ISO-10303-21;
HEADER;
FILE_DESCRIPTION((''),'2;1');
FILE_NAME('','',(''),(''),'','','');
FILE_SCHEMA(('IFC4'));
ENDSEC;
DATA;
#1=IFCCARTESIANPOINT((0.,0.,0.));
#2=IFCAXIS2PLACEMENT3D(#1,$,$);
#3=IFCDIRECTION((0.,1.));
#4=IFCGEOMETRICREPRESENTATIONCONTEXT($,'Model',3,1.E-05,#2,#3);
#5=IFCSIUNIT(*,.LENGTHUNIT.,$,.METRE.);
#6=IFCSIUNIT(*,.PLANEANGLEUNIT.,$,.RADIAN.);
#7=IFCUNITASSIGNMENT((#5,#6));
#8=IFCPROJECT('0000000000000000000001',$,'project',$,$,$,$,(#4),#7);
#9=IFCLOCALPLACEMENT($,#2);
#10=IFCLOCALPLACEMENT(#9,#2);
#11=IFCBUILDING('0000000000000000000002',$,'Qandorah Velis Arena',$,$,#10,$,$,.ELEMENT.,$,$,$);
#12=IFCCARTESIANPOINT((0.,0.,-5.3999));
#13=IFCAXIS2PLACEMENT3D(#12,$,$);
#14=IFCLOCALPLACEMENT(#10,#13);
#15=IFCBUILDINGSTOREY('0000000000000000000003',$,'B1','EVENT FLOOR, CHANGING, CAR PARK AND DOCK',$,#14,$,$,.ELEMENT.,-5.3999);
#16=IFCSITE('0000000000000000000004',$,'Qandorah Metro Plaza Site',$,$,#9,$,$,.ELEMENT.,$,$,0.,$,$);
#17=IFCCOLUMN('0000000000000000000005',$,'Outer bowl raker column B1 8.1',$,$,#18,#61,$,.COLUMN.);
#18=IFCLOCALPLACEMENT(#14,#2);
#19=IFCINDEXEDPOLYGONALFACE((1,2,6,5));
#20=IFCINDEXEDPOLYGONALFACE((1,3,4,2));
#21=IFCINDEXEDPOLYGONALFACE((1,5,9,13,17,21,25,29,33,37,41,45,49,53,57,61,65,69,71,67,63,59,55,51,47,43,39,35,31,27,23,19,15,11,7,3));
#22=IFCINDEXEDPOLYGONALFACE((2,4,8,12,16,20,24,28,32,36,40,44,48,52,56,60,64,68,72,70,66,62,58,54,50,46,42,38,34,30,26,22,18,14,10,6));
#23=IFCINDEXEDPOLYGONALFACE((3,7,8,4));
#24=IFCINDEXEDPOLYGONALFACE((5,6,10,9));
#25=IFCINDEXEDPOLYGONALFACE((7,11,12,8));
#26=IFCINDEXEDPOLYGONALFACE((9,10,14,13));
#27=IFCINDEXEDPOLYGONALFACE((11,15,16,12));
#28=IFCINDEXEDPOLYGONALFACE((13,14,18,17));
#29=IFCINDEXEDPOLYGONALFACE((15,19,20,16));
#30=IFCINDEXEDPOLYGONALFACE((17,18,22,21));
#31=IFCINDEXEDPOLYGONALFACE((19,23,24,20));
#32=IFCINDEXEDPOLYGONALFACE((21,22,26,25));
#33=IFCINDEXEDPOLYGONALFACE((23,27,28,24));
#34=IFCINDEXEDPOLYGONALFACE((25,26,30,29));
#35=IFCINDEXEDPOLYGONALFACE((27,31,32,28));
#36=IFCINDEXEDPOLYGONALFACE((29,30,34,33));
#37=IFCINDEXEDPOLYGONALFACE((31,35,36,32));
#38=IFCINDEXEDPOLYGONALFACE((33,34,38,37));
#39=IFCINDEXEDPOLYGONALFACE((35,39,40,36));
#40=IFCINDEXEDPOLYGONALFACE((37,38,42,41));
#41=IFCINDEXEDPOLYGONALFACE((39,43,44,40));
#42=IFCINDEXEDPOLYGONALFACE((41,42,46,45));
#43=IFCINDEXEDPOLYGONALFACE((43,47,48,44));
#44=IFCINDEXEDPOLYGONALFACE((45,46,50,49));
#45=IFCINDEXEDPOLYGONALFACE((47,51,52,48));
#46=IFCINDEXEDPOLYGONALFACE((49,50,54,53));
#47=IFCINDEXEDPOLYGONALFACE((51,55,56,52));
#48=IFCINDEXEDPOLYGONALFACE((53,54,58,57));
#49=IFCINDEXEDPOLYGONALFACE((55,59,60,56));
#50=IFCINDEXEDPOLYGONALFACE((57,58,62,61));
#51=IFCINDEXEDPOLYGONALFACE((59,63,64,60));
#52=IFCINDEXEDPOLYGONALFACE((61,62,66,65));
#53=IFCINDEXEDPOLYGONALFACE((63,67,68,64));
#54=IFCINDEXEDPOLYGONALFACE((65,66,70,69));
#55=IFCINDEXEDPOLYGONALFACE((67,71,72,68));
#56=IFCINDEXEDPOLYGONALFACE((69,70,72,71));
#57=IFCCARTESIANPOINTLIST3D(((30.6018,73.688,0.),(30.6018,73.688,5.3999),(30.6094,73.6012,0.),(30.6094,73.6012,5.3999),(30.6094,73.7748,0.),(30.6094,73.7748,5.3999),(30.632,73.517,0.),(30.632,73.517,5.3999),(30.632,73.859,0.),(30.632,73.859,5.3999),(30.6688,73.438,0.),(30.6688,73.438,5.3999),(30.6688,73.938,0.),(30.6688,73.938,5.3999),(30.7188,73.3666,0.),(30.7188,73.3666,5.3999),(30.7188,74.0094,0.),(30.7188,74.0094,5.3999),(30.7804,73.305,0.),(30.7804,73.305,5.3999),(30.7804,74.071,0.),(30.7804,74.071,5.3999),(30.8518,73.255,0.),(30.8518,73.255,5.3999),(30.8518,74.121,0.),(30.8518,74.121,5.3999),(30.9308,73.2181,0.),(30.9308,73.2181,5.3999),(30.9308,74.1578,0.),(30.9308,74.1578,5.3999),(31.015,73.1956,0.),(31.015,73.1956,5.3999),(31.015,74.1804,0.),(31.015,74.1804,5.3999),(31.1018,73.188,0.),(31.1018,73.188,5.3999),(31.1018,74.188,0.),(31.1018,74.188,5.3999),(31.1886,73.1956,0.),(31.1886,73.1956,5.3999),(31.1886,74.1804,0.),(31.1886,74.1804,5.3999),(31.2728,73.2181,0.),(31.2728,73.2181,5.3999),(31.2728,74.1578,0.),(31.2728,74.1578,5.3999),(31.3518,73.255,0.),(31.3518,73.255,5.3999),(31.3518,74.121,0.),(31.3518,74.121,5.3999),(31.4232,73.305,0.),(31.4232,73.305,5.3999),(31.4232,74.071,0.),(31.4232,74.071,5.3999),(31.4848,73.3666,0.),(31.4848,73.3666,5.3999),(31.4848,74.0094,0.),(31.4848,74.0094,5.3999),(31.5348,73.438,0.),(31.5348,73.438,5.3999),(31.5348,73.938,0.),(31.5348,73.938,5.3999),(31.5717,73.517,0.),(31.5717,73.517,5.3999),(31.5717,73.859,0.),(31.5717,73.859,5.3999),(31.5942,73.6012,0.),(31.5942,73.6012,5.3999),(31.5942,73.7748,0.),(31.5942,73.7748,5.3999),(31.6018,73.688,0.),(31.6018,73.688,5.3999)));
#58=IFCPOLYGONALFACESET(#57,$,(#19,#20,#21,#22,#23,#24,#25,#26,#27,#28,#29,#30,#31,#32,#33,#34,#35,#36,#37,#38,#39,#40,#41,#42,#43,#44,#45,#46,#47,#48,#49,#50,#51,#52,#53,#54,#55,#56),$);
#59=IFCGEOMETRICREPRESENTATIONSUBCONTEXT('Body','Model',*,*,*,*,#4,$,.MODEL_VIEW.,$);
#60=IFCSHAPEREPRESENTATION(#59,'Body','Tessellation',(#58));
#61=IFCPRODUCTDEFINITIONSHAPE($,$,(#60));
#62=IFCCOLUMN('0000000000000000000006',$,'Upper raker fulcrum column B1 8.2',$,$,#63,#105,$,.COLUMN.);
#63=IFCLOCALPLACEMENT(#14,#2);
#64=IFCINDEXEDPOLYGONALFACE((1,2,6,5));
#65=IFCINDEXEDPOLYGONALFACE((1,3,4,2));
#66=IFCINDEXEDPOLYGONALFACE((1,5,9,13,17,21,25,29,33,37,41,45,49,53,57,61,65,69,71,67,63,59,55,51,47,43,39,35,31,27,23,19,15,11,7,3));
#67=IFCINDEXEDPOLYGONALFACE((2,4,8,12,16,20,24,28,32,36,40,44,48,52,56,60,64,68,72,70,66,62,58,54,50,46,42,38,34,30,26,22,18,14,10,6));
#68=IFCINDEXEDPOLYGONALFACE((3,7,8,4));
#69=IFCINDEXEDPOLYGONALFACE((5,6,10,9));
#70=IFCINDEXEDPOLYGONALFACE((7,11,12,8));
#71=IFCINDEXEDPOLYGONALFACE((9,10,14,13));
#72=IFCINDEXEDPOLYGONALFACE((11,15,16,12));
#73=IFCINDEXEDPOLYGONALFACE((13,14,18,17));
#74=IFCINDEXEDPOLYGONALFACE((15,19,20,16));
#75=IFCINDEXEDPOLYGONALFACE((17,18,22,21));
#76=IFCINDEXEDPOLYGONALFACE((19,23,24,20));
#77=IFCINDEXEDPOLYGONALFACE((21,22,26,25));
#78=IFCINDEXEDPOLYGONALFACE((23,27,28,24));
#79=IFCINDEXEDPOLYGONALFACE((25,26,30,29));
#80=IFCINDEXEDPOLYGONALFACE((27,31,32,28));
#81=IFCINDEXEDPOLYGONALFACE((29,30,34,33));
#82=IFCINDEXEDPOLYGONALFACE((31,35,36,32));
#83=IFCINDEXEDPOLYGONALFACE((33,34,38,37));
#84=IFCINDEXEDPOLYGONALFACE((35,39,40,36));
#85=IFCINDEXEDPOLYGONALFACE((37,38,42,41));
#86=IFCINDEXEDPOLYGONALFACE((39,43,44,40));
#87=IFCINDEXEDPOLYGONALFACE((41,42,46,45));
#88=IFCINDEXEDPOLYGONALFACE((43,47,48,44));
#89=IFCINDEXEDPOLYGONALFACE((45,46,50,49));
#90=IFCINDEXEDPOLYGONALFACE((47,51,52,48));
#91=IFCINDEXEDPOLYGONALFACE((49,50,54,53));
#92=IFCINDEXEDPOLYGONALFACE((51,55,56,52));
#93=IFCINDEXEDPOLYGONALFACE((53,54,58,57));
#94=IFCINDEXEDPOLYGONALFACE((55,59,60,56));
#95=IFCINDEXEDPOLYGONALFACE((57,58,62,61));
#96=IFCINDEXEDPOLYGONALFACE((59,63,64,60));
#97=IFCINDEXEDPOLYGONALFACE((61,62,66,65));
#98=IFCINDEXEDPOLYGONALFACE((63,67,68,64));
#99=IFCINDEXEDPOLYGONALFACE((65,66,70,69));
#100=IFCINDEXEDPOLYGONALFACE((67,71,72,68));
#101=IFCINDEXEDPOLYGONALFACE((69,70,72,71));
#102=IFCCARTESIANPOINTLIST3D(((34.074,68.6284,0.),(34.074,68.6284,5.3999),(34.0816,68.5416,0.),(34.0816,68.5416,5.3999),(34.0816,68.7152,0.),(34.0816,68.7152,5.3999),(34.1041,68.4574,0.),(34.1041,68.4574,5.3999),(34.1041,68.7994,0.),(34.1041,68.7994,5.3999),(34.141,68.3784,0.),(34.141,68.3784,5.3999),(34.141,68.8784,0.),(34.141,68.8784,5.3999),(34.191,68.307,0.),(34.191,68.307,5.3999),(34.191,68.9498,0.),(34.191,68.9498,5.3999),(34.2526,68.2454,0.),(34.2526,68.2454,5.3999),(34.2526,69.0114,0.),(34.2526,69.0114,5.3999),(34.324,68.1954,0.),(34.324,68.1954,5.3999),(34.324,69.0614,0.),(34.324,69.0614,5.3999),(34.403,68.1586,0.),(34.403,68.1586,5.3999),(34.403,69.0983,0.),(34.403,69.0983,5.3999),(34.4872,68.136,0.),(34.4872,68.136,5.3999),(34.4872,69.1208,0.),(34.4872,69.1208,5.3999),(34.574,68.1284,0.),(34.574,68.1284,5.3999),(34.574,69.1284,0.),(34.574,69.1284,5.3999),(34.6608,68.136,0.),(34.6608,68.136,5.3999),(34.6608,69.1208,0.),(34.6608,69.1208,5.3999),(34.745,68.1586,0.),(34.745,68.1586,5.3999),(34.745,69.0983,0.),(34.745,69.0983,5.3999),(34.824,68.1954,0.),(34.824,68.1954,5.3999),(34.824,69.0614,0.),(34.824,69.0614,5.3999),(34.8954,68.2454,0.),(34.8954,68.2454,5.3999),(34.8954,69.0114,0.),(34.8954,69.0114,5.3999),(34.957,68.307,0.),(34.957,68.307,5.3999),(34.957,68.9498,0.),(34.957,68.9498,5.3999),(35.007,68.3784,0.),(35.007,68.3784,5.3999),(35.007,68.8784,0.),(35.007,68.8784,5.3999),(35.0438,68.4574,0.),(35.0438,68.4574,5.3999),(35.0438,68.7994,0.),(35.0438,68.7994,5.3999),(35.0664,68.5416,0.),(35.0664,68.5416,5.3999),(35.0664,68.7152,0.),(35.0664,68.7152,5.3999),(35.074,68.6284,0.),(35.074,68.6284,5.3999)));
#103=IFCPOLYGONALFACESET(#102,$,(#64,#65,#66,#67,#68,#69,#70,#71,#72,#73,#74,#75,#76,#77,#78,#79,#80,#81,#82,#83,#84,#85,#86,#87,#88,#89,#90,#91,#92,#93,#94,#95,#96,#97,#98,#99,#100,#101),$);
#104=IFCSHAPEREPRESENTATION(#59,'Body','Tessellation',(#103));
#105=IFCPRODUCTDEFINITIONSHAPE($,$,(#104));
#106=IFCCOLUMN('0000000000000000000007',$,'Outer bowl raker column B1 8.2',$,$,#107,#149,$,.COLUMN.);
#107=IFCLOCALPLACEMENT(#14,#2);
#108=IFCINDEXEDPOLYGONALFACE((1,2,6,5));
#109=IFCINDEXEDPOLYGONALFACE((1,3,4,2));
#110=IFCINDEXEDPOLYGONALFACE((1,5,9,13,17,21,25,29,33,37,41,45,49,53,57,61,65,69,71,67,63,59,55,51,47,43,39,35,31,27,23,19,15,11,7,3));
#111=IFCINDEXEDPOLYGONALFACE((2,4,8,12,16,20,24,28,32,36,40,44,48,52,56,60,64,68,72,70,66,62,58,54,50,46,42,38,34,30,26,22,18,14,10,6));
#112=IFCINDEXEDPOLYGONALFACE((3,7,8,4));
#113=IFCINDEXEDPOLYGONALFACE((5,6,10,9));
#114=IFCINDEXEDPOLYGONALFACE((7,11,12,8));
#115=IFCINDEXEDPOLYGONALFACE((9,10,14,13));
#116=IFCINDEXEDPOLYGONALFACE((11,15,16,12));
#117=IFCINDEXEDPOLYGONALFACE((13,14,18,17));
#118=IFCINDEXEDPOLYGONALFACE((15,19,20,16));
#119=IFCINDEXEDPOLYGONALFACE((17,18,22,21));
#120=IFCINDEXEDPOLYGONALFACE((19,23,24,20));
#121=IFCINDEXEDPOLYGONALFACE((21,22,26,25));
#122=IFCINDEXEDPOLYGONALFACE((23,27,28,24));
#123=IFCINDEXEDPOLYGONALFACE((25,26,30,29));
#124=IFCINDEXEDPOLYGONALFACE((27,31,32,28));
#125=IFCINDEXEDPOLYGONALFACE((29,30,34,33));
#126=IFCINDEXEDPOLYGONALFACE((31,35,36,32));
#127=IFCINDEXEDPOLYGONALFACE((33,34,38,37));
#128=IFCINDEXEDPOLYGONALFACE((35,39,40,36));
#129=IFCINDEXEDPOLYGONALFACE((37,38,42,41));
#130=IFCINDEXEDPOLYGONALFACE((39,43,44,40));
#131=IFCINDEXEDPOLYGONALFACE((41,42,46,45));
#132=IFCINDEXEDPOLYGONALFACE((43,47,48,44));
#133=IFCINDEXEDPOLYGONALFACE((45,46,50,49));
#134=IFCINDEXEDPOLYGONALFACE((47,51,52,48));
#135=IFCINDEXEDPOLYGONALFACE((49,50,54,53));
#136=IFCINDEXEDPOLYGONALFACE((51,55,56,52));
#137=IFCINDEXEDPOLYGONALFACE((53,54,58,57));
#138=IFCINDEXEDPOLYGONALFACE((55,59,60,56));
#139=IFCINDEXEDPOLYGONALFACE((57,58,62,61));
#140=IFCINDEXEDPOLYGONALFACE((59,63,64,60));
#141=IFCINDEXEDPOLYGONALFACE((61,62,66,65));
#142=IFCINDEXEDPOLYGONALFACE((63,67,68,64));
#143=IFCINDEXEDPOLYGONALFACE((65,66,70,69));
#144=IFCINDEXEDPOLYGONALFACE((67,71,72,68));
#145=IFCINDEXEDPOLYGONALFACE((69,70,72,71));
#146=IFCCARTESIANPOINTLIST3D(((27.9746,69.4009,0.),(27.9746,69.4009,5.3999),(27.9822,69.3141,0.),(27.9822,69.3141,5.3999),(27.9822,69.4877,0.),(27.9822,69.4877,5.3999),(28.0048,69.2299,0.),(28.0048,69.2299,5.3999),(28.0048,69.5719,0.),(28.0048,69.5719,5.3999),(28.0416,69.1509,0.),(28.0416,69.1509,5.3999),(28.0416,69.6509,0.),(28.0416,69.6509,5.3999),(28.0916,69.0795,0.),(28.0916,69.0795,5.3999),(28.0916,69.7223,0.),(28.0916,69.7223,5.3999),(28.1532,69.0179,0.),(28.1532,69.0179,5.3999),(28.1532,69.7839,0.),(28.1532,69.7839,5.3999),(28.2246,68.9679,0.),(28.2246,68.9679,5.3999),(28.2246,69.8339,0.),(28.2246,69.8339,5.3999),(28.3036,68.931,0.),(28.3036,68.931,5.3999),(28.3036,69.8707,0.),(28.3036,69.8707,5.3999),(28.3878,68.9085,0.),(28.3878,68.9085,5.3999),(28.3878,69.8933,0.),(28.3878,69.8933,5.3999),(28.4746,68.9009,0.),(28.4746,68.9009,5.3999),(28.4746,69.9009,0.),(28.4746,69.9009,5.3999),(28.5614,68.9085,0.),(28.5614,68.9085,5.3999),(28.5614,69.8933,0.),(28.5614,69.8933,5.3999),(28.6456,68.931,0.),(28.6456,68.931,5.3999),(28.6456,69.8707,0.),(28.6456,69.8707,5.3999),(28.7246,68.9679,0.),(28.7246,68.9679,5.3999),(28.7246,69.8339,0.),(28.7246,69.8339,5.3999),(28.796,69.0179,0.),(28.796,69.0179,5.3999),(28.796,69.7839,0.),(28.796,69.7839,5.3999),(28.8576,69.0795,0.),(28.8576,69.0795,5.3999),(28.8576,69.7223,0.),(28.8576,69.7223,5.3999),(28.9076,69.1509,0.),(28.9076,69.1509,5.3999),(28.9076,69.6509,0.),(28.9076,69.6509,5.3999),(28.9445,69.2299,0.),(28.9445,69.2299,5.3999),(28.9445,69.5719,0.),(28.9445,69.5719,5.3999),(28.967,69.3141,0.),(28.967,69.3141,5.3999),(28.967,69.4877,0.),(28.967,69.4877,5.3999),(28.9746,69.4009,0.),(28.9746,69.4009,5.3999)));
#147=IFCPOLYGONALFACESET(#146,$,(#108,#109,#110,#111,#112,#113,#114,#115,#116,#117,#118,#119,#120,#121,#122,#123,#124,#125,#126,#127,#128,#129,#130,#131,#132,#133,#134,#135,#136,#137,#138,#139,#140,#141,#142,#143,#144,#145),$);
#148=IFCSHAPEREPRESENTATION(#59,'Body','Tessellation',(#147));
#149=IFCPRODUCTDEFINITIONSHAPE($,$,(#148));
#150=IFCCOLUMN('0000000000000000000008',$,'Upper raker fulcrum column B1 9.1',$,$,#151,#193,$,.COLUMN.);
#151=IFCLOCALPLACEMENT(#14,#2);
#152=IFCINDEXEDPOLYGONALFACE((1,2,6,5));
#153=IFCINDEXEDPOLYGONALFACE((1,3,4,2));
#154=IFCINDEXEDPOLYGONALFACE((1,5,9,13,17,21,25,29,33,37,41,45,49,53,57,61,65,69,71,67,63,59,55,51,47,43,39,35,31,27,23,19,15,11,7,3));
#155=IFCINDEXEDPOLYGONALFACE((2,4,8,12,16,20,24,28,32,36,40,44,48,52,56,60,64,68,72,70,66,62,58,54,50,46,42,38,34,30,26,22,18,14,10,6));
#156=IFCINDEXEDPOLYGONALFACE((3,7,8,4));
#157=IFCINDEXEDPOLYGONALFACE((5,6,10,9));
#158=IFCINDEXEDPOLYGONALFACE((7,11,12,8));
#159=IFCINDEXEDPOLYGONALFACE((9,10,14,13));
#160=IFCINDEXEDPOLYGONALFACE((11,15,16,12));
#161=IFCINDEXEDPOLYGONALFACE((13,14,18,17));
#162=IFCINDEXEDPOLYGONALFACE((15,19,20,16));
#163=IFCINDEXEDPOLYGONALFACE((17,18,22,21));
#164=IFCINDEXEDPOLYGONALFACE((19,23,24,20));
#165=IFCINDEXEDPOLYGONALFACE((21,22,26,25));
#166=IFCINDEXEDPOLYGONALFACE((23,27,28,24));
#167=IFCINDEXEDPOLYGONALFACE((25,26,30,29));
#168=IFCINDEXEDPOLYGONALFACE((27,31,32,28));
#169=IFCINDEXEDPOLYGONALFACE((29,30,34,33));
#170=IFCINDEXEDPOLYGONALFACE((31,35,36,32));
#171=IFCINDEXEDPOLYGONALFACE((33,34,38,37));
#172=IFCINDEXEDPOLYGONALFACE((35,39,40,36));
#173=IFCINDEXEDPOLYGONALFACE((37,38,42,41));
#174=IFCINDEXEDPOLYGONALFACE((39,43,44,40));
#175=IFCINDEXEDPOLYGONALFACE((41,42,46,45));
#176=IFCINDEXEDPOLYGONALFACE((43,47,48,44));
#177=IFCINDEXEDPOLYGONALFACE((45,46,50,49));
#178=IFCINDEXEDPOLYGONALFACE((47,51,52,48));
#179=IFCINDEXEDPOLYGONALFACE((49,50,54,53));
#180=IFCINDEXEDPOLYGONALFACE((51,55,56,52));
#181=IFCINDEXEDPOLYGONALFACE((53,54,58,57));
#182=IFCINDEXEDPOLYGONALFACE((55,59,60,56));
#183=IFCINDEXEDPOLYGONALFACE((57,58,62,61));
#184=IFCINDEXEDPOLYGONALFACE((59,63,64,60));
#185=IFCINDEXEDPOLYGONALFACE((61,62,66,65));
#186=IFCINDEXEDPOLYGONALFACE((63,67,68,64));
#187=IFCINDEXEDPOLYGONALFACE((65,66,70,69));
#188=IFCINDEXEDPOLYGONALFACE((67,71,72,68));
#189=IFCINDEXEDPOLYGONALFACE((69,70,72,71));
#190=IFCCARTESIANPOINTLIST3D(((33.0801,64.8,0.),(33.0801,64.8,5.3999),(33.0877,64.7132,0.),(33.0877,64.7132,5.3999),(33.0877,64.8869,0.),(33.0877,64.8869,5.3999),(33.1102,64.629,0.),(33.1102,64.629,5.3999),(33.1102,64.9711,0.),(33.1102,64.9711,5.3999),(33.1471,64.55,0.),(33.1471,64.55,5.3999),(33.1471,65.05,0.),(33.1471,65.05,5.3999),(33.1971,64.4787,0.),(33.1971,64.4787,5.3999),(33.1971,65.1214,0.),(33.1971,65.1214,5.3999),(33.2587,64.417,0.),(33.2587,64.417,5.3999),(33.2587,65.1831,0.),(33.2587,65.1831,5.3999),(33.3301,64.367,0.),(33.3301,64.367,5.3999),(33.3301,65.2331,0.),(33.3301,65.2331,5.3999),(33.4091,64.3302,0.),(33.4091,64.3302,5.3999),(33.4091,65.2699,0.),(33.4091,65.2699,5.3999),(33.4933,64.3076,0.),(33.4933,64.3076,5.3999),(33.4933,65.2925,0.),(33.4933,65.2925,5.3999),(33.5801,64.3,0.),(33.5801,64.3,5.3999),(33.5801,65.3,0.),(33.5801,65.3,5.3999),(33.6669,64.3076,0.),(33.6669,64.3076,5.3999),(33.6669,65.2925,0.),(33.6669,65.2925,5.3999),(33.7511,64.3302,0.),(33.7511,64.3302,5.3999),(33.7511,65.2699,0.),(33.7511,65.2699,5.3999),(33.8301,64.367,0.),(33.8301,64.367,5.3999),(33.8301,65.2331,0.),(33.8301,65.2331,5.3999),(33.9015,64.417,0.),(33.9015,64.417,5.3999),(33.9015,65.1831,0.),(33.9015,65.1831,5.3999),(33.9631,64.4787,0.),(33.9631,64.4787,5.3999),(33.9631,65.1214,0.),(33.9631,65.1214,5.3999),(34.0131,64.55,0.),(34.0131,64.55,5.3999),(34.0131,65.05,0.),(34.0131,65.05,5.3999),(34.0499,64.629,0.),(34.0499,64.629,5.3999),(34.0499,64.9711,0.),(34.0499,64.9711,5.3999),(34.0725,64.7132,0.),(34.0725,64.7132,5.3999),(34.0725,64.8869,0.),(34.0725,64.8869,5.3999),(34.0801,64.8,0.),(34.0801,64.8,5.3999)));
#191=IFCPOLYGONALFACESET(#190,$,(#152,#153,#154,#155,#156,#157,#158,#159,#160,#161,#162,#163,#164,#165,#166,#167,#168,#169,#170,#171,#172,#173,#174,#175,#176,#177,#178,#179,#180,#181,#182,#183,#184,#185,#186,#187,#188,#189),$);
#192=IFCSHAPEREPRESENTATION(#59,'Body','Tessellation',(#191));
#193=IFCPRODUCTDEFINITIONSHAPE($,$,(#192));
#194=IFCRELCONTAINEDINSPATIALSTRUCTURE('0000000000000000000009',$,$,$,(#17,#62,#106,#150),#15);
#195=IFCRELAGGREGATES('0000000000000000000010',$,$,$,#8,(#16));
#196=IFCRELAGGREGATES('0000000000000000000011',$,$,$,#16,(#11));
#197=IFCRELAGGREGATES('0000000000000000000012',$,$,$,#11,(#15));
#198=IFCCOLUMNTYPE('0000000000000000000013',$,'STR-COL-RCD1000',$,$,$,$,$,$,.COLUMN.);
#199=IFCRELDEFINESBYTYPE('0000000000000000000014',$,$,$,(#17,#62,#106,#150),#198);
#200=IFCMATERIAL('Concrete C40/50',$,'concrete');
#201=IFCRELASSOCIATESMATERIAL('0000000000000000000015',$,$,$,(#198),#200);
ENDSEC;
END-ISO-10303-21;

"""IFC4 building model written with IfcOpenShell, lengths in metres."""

from ifc_helpers import new_model, si_unit, direction, frame, origin, origin_2d, place, context, subcontext, project, spatial, circle, extrude, material, material_profile, profile_set, type_object, element, save


model = new_model("IFC4")

# Units and contexts
model_context = context("Model", 3, precision=1e-05, world=origin(), true_north=direction((0.0, 1.0)))
body_context = subcontext(model_context, "Body", "Model", "MODEL_VIEW")
ifc_project = project(units=[si_unit("LENGTHUNIT", "METRE"), si_unit("PLANEANGLEUNIT", "RADIAN")], contexts=[model_context])

# Site, building, storey
site_placement = place(None, origin())
site = spatial("IfcSite", under=ifc_project, at=site_placement, Name="Qandorah Metro Plaza Site", CompositionType="ELEMENT", RefElevation=0.0)
building_placement = place(site_placement, origin())
building = spatial("IfcBuilding", under=site, at=building_placement, Name="Qandorah Velis Arena", CompositionType="ELEMENT")
storey_placement = place(building_placement, frame((0.0, 0.0, -5.3999)))
storey = spatial("IfcBuildingStorey", under=building, at=storey_placement, Name="B1", Description="EVENT FLOOR, CHANGING, CAR PARK AND DOCK", CompositionType="ELEMENT", Elevation=-5.3999)

# Shared definitions
ifc_material = material(Name="Concrete C40/50", Category="concrete")

# Columns
ifc_material_profile_1 = material_profile(ifc_material, circle(Radius=0.5, at=origin_2d()), Name="RC D1000")
ifc_profile_set_1 = profile_set([ifc_material_profile_1], Name="Concrete C40/50")
column_type_1 = type_object("IfcColumnType", Name="STR-COL-RCD1000", PredefinedType="COLUMN", material=ifc_profile_set_1)
for number, where, z_axis, x_axis, name in (
    (1, (31.1018, 73.688, 0.0), (0.0, 0.0, 1.0), (1.0, 0.0, 0.0), "Outer bowl raker column B1 8.1"),
    (2, (34.574, 68.6284, 0.0), (0.0, 0.0, 1.0), (1.0, 0.0, 0.0), "Upper raker fulcrum column B1 8.2"),
    (3, (28.4746, 69.4009, 0.0), (0.0, 0.0, 1.0), (1.0, 0.0, 0.0), "Outer bowl raker column B1 8.2"),
    (4, (33.5801, 64.8, 0.0), (0.0, 0.0, 1.0), (1.0, 0.0, 0.0), "Upper raker fulcrum column B1 9.1"),
):
    element("IfcColumn", number, at=place(storey_placement, frame(where, z_axis=z_axis, x_axis=x_axis)), inside=storey, type_object=column_type_1, Name=name, PredefinedType="COLUMN", context=body_context, shape_type="SweptSolid", body=[
        extrude(circle(Radius=0.5, at=origin_2d()), origin(), (0.0, 0.0, 1.0), 5.3999),
    ])

save(model, "model.ifc")
